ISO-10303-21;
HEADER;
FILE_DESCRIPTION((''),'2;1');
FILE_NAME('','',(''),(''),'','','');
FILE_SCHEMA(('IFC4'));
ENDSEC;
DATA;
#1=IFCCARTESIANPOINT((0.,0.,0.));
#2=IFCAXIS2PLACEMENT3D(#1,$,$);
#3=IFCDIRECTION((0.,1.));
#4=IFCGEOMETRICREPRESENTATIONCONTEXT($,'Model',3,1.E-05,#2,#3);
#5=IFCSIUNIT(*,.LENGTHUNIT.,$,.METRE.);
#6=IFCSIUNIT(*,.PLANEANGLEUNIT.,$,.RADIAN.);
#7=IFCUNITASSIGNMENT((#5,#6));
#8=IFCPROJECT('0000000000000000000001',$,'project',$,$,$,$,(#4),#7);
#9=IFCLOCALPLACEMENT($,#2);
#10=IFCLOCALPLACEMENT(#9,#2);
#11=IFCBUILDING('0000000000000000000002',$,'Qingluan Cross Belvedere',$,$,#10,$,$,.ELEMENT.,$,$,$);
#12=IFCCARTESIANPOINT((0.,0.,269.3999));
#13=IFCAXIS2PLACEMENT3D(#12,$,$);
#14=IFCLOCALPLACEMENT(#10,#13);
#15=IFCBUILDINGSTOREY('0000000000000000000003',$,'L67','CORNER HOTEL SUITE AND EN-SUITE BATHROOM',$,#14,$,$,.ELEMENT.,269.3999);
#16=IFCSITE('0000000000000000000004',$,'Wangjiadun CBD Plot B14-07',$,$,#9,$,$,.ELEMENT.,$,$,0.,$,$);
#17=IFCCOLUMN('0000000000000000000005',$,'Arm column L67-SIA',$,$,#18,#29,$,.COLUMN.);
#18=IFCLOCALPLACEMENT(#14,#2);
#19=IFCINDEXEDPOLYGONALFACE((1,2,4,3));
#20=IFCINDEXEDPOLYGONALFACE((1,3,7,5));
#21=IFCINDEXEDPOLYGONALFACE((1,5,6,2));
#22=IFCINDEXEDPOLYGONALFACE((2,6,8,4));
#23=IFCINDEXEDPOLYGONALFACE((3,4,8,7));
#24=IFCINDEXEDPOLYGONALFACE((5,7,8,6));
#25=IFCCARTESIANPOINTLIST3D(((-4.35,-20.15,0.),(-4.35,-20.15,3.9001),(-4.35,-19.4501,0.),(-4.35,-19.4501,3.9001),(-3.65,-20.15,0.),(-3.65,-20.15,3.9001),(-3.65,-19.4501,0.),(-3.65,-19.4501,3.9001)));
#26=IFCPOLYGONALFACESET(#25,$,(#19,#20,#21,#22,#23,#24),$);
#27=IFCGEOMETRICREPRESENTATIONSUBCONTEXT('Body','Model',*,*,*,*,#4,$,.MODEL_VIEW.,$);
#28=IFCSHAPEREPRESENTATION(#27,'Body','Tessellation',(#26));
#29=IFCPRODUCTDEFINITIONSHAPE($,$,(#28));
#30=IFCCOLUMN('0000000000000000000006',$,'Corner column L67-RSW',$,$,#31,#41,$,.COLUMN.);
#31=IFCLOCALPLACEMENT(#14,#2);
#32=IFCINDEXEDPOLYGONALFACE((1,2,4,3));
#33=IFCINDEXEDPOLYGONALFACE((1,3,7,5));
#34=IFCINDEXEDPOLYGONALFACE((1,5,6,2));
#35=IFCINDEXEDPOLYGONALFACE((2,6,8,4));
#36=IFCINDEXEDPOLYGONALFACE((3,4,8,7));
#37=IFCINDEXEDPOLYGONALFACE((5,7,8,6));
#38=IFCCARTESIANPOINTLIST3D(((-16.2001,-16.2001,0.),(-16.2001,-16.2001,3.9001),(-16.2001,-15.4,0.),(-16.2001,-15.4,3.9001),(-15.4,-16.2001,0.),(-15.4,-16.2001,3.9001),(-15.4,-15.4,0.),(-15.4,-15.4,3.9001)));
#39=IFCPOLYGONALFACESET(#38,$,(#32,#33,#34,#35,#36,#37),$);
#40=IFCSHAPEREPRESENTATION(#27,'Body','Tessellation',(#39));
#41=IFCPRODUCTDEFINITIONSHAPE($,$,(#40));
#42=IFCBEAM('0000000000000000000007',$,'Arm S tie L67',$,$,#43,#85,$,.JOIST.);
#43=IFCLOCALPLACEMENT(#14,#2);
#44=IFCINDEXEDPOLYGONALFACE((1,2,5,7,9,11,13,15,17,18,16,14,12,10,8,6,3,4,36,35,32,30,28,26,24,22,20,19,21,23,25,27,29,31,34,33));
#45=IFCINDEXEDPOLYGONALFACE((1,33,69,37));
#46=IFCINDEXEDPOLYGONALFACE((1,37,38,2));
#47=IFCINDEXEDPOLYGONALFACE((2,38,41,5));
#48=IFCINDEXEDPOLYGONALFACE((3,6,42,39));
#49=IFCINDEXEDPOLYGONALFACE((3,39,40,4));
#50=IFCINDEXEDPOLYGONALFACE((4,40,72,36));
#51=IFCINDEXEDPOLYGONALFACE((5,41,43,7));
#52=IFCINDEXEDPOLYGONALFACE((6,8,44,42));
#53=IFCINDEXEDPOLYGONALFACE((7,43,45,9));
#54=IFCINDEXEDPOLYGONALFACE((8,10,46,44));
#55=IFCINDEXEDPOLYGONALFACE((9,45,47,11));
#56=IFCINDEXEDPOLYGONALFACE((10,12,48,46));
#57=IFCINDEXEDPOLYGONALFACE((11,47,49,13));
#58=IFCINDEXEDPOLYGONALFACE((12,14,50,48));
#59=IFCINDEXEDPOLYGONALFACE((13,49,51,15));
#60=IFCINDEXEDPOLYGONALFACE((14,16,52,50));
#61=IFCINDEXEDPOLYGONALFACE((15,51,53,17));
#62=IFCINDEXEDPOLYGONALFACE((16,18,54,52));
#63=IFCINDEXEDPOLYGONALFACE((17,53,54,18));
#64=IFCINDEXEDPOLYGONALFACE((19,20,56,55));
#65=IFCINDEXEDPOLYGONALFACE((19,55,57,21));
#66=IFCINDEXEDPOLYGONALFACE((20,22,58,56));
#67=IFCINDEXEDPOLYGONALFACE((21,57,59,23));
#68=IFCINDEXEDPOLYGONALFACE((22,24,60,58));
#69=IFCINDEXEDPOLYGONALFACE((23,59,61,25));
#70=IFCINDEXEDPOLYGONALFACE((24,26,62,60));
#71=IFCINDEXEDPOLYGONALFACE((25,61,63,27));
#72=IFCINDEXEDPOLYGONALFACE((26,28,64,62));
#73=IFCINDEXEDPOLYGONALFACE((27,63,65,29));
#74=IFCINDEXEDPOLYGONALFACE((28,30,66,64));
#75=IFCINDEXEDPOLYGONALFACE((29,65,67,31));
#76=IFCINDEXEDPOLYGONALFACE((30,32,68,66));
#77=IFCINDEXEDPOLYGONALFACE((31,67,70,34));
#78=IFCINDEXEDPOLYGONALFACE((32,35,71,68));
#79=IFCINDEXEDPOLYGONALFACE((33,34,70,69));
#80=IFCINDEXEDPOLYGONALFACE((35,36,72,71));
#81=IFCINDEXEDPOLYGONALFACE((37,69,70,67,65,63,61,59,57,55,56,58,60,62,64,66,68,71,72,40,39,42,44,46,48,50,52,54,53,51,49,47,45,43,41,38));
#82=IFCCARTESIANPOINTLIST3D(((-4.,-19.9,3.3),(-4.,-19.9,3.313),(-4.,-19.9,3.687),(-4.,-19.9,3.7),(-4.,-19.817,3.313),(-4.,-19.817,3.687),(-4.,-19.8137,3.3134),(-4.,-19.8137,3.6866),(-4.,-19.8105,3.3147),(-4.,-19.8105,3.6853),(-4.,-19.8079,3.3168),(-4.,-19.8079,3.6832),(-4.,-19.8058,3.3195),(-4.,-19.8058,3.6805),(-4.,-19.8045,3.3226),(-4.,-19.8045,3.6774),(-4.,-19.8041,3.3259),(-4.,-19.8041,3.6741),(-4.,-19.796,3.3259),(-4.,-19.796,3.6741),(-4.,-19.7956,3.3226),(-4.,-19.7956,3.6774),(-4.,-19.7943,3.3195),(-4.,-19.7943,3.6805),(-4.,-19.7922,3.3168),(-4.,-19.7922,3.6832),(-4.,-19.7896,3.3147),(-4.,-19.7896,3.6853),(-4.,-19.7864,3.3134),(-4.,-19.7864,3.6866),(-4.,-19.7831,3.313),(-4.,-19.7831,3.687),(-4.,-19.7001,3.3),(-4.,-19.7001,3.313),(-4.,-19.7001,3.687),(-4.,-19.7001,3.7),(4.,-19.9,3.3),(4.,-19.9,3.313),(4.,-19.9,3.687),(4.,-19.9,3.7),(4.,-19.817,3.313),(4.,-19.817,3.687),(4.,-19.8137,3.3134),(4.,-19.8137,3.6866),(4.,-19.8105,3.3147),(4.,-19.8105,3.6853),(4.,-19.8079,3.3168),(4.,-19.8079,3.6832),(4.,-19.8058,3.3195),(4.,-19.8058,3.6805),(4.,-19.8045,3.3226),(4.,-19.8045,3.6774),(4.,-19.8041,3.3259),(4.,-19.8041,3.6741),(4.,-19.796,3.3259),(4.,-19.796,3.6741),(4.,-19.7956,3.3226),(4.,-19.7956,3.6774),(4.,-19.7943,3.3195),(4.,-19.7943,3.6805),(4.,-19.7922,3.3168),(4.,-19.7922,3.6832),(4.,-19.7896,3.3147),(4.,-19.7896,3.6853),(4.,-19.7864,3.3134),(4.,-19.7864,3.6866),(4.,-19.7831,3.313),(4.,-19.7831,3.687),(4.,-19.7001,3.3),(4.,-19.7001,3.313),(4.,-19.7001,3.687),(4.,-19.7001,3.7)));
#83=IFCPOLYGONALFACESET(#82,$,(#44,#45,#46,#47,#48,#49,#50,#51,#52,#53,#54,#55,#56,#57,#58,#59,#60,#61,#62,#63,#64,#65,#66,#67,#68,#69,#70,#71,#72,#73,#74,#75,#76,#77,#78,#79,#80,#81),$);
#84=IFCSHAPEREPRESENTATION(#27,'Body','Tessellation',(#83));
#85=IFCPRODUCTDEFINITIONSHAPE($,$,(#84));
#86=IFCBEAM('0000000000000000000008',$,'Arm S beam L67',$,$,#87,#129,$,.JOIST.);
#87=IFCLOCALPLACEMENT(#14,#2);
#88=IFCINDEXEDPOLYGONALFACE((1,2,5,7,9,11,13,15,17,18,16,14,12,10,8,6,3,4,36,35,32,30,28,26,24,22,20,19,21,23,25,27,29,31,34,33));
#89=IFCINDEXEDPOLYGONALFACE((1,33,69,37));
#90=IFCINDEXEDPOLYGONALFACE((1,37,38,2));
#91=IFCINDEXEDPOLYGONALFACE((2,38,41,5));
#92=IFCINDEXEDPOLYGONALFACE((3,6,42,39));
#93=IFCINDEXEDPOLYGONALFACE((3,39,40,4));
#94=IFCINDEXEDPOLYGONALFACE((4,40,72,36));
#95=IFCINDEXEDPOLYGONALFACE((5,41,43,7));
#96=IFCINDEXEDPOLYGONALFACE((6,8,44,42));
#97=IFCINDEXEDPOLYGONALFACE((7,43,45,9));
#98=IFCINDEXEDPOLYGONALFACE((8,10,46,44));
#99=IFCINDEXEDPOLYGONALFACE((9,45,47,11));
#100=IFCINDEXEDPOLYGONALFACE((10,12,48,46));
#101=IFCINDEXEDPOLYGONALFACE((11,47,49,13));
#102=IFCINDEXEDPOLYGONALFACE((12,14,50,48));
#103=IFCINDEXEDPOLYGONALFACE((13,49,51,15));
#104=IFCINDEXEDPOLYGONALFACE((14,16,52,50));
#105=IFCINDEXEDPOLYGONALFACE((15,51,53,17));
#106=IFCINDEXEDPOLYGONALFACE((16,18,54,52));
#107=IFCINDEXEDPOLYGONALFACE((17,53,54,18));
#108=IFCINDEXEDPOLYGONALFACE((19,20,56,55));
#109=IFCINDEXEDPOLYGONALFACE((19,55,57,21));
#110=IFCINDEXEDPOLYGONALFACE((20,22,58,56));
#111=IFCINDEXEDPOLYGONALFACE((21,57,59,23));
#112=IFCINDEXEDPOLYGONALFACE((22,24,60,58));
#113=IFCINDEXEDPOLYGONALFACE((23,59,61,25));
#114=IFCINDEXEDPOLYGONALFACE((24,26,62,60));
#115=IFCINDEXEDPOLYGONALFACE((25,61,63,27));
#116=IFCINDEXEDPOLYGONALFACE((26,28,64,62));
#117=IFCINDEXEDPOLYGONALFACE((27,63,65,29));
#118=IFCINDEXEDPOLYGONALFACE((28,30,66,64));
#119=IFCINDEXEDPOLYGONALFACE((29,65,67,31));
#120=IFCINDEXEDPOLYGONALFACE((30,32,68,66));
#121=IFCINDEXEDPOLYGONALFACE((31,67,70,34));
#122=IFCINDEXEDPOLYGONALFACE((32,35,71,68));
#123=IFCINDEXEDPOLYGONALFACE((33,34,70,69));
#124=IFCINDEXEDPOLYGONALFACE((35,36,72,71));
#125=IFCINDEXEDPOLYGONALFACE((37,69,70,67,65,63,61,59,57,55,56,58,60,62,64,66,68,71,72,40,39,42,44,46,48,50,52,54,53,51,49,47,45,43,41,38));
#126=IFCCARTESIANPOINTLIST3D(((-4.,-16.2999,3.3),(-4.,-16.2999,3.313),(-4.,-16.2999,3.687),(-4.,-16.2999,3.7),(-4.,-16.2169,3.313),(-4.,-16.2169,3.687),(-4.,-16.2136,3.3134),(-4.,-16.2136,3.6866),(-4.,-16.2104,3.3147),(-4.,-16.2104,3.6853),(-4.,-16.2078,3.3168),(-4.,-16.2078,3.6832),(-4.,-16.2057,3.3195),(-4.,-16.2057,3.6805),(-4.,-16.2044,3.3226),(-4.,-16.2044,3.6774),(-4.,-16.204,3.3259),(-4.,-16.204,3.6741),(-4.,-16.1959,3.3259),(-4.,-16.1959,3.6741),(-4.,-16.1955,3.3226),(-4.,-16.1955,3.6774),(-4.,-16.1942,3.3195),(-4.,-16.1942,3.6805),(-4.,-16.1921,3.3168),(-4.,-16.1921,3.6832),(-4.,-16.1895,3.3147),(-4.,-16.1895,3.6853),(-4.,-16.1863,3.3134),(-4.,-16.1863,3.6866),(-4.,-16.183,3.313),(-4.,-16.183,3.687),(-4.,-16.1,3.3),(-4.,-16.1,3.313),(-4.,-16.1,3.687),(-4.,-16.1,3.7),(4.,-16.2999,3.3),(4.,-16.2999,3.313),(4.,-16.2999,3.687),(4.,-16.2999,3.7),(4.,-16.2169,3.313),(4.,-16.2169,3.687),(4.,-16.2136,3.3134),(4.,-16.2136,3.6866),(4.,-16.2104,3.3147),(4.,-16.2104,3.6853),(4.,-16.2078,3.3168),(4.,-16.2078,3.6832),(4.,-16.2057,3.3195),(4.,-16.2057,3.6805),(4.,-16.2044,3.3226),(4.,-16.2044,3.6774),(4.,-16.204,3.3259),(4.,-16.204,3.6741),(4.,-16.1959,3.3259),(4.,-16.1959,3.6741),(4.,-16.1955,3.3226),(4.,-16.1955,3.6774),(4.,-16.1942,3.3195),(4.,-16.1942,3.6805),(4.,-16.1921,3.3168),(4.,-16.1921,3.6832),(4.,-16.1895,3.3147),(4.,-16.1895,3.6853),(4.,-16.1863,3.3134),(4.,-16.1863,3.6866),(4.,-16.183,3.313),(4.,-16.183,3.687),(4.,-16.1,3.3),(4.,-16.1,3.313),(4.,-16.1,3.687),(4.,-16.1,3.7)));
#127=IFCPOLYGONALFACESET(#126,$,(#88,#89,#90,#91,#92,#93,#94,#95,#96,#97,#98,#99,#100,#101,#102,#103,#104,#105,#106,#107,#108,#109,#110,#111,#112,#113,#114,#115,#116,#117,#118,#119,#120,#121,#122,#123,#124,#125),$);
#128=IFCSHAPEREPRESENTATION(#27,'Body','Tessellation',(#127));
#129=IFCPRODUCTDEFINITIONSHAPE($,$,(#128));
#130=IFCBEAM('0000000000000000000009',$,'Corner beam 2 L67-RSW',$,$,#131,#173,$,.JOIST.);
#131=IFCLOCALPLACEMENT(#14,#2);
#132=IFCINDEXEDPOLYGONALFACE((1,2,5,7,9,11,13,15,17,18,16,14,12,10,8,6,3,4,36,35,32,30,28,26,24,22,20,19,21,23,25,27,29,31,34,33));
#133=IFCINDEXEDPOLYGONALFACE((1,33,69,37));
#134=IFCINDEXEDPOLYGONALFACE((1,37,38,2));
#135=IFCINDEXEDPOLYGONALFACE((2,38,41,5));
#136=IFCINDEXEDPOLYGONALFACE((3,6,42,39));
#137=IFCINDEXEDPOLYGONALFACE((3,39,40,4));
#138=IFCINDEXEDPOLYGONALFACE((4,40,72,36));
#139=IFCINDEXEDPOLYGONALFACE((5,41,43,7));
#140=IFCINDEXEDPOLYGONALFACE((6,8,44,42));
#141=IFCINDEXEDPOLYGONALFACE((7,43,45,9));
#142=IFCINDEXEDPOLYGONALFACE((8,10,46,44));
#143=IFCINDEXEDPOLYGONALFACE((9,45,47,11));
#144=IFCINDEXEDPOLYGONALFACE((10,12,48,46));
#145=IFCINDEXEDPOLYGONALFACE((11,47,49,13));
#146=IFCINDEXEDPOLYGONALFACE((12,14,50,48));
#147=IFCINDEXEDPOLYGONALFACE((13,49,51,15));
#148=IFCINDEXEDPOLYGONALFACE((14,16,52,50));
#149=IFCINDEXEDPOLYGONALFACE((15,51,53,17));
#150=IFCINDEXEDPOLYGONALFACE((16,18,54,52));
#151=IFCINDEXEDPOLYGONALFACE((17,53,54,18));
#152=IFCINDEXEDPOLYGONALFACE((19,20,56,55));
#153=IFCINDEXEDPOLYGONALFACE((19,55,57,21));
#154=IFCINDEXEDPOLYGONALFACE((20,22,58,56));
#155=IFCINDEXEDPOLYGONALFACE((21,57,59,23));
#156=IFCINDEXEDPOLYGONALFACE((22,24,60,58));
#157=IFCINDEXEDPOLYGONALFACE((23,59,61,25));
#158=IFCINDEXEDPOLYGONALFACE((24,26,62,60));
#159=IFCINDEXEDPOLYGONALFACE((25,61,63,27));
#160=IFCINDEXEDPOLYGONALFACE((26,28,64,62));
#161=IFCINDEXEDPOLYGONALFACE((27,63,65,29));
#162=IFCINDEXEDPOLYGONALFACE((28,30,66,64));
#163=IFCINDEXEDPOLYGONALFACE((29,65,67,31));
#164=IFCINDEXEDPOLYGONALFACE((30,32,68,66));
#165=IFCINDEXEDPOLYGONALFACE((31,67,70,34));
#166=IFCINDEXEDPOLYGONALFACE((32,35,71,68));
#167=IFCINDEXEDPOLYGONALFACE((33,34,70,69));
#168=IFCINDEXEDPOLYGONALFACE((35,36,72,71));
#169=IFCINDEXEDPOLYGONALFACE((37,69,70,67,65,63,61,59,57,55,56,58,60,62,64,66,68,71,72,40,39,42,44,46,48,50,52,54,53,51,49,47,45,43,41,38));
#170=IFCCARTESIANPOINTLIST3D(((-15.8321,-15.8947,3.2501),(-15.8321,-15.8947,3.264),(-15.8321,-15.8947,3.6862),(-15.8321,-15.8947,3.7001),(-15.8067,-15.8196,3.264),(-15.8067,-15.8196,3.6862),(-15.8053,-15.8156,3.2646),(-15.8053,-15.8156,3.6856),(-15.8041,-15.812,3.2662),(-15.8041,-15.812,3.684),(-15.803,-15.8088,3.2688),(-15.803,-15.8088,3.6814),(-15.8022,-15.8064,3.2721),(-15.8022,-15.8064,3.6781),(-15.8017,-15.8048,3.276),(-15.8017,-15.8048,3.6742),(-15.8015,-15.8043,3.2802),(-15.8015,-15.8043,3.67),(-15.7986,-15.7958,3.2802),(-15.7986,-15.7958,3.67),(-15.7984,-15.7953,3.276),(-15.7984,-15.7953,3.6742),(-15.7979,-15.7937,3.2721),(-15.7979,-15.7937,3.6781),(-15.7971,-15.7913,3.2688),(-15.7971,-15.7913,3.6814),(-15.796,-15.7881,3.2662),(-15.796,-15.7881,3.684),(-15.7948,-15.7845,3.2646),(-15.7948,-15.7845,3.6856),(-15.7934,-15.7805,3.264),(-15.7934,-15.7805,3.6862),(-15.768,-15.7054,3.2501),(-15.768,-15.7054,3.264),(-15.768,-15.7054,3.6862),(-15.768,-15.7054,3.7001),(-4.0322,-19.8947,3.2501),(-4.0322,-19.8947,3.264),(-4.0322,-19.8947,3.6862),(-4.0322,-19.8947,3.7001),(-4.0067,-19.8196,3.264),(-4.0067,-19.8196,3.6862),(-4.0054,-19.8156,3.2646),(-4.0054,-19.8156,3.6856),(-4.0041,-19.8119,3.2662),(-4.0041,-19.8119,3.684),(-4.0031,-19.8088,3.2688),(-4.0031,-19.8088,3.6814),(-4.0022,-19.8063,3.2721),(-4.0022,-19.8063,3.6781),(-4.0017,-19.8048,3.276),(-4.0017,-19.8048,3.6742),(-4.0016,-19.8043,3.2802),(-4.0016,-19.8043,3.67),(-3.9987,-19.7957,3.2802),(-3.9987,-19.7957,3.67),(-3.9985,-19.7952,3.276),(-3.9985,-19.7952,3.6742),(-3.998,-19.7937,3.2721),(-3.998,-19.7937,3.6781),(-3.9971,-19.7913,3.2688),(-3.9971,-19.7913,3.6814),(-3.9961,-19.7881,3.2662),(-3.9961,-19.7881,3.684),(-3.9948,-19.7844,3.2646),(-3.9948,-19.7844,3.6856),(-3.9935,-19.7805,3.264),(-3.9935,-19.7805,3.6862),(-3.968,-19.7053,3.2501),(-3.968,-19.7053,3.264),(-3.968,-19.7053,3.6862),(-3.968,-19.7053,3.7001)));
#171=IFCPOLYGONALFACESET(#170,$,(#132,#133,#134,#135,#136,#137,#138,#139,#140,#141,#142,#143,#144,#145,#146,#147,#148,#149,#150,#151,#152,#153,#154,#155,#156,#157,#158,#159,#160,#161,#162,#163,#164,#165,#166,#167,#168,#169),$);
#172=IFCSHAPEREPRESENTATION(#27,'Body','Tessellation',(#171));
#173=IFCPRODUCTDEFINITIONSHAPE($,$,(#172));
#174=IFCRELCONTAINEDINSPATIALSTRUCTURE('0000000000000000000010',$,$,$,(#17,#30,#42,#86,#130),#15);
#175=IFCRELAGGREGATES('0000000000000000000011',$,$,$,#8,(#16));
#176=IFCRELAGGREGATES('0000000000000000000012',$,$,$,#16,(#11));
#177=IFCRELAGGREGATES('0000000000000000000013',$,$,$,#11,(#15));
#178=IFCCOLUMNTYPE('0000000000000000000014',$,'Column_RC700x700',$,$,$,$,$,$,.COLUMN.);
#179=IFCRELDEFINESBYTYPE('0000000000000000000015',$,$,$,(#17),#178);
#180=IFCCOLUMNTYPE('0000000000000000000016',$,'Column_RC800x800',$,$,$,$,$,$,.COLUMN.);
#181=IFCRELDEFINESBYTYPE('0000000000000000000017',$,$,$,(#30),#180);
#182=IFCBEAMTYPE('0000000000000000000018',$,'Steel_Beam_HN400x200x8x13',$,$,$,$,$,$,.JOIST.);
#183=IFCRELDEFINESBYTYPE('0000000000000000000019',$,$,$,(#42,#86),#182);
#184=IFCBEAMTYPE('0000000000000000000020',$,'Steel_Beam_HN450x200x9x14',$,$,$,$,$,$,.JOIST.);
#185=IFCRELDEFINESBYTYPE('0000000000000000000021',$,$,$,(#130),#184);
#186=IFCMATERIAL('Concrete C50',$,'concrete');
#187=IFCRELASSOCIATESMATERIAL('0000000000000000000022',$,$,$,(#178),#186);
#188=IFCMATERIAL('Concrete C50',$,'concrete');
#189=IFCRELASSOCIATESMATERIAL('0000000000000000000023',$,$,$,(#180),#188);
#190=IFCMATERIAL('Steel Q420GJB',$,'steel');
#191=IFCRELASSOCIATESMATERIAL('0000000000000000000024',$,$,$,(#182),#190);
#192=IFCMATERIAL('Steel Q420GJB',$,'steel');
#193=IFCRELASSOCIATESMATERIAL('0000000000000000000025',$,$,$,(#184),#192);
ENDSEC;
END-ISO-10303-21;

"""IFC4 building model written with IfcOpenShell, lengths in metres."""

from ifc_helpers import new_model, si_unit, direction, frame, origin, origin_2d, place, context, subcontext, project, spatial, rectangle, i_section, extrude, material, material_profile, profile_set, type_object, element, save


model = new_model("IFC4")

# Units and contexts
model_context = context("Model", 3, precision=1e-05, world=origin(), true_north=direction((0.0, 1.0)))
body_context = subcontext(model_context, "Body", "Model", "MODEL_VIEW")
ifc_project = project(units=[si_unit("LENGTHUNIT", "METRE"), si_unit("PLANEANGLEUNIT", "RADIAN")], contexts=[model_context])

# Site, building, storey
site_placement = place(None, origin())
site = spatial("IfcSite", under=ifc_project, at=site_placement, Name="Wangjiadun CBD Plot B14-07", CompositionType="ELEMENT", RefElevation=0.0)
building_placement = place(site_placement, origin())
building = spatial("IfcBuilding", under=site, at=building_placement, Name="Qingluan Cross Belvedere", CompositionType="ELEMENT")
storey_placement = place(building_placement, frame((0.0, 0.0, 269.3999)))
storey = spatial("IfcBuildingStorey", under=building, at=storey_placement, Name="L67", Description="CORNER HOTEL SUITE AND EN-SUITE BATHROOM", CompositionType="ELEMENT", Elevation=269.3999)

# Columns
ifc_material_1 = material(Name="Concrete C50", Category="concrete")
ifc_material_profile_1 = material_profile(ifc_material_1, rectangle(XDim=0.7, YDim=0.7, at=origin_2d()), Name="RC700x700")
ifc_profile_set_1 = profile_set([ifc_material_profile_1], Name="Concrete C50")
column_type_1 = type_object("IfcColumnType", Name="Column_RC700x700", PredefinedType="COLUMN", material=ifc_profile_set_1)
column_1_placement = place(storey_placement, frame((-4.0, -19.8, 0.0), z_axis=(0.0, 0.0, 1.0), x_axis=(1.0, 0.0, 0.0)))
element("IfcColumn", 1, at=column_1_placement, inside=storey, type_object=column_type_1, Name="Arm column L67-SIA", PredefinedType="COLUMN", context=body_context, shape_type="SweptSolid", body=[
    extrude(rectangle(XDim=0.7, YDim=0.7, at=origin_2d()), origin(), (0.0, 0.0, 1.0), 3.9001),
])
ifc_material_2 = material(Name="Concrete C50", Category="concrete")
ifc_material_profile_2 = material_profile(ifc_material_2, rectangle(XDim=0.8, YDim=0.8, at=origin_2d()), Name="RC800x800")
ifc_profile_set_2 = profile_set([ifc_material_profile_2], Name="Concrete C50")
column_type_2 = type_object("IfcColumnType", Name="Column_RC800x800", PredefinedType="COLUMN", material=ifc_profile_set_2)
column_2_placement = place(storey_placement, frame((-15.8, -15.8, 0.0), z_axis=(0.0, 0.0, 1.0), x_axis=(1.0, 0.0, 0.0)))
element("IfcColumn", 2, at=column_2_placement, inside=storey, type_object=column_type_2, Name="Corner column L67-RSW", PredefinedType="COLUMN", context=body_context, shape_type="SweptSolid", body=[
    extrude(rectangle(XDim=0.8, YDim=0.8, at=origin_2d()), origin(), (0.0, 0.0, 1.0), 3.9001),
])

# Beams
ifc_material_3 = material(Name="Steel Q420GJB", Category="steel")
ifc_material_profile_3 = material_profile(ifc_material_3, i_section(OverallWidth=0.2, OverallDepth=0.3999, WebThickness=0.0081, FlangeThickness=0.0129, FilletRadius=0.0129, at=origin_2d()), Name="HN400x200x8x13")
ifc_profile_set_3 = profile_set([ifc_material_profile_3], Name="Steel Q420GJB")
beam_type_1 = type_object("IfcBeamType", Name="Steel_Beam_HN400x200x8x13", PredefinedType="JOIST", material=ifc_profile_set_3)
for number, where, z_axis, x_axis, name in (
    (3, (-4.0, -19.8, 3.5), (1.0, 0.0, 0.0), (0.0, 1.0, 0.0), "Arm S tie L67"),
    (4, (-4.0, -16.2, 3.5), (1.0, 0.0, 0.0), (0.0, 1.0, 0.0), "Arm S beam L67"),
):
    element("IfcBeam", number, at=place(storey_placement, frame(where, z_axis=z_axis, x_axis=x_axis)), inside=storey, type_object=beam_type_1, Name=name, PredefinedType="JOIST", context=body_context, shape_type="SweptSolid", body=[
        extrude(i_section(OverallWidth=0.2, OverallDepth=0.3999, WebThickness=0.0081, FlangeThickness=0.0129, FilletRadius=0.0129, at=origin_2d()), origin(), (0.0, 0.0, 1.0), 8.0),
    ])
ifc_material_4 = material(Name="Steel Q420GJB", Category="steel")
ifc_material_profile_4 = material_profile(ifc_material_4, i_section(OverallWidth=0.2, OverallDepth=0.45, WebThickness=0.009, FlangeThickness=0.0139, FilletRadius=0.0161, at=origin_2d()), Name="HN450x200x9x14")
ifc_profile_set_4 = profile_set([ifc_material_profile_4], Name="Steel Q420GJB")
beam_type_2 = type_object("IfcBeamType", Name="Steel_Beam_HN450x200x9x14", PredefinedType="JOIST", material=ifc_profile_set_4)
for number, where, z_axis, x_axis, name in (
    (5, (-15.8, -15.8, 3.4751), (0.947066, -0.321038, 0.0), (0.321038, 0.947066, 0.0), "Corner beam 2 L67-RSW"),
):
    element("IfcBeam", number, at=place(storey_placement, frame(where, z_axis=z_axis, x_axis=x_axis)), inside=storey, type_object=beam_type_2, Name=name, PredefinedType="JOIST", context=body_context, shape_type="SweptSolid", body=[
        extrude(i_section(OverallWidth=0.2, OverallDepth=0.45, WebThickness=0.009, FlangeThickness=0.0139, FilletRadius=0.0161, at=origin_2d()), origin(), (0.0, 0.0, 1.0), 12.4595),
    ])

save(model, "model.ifc")
